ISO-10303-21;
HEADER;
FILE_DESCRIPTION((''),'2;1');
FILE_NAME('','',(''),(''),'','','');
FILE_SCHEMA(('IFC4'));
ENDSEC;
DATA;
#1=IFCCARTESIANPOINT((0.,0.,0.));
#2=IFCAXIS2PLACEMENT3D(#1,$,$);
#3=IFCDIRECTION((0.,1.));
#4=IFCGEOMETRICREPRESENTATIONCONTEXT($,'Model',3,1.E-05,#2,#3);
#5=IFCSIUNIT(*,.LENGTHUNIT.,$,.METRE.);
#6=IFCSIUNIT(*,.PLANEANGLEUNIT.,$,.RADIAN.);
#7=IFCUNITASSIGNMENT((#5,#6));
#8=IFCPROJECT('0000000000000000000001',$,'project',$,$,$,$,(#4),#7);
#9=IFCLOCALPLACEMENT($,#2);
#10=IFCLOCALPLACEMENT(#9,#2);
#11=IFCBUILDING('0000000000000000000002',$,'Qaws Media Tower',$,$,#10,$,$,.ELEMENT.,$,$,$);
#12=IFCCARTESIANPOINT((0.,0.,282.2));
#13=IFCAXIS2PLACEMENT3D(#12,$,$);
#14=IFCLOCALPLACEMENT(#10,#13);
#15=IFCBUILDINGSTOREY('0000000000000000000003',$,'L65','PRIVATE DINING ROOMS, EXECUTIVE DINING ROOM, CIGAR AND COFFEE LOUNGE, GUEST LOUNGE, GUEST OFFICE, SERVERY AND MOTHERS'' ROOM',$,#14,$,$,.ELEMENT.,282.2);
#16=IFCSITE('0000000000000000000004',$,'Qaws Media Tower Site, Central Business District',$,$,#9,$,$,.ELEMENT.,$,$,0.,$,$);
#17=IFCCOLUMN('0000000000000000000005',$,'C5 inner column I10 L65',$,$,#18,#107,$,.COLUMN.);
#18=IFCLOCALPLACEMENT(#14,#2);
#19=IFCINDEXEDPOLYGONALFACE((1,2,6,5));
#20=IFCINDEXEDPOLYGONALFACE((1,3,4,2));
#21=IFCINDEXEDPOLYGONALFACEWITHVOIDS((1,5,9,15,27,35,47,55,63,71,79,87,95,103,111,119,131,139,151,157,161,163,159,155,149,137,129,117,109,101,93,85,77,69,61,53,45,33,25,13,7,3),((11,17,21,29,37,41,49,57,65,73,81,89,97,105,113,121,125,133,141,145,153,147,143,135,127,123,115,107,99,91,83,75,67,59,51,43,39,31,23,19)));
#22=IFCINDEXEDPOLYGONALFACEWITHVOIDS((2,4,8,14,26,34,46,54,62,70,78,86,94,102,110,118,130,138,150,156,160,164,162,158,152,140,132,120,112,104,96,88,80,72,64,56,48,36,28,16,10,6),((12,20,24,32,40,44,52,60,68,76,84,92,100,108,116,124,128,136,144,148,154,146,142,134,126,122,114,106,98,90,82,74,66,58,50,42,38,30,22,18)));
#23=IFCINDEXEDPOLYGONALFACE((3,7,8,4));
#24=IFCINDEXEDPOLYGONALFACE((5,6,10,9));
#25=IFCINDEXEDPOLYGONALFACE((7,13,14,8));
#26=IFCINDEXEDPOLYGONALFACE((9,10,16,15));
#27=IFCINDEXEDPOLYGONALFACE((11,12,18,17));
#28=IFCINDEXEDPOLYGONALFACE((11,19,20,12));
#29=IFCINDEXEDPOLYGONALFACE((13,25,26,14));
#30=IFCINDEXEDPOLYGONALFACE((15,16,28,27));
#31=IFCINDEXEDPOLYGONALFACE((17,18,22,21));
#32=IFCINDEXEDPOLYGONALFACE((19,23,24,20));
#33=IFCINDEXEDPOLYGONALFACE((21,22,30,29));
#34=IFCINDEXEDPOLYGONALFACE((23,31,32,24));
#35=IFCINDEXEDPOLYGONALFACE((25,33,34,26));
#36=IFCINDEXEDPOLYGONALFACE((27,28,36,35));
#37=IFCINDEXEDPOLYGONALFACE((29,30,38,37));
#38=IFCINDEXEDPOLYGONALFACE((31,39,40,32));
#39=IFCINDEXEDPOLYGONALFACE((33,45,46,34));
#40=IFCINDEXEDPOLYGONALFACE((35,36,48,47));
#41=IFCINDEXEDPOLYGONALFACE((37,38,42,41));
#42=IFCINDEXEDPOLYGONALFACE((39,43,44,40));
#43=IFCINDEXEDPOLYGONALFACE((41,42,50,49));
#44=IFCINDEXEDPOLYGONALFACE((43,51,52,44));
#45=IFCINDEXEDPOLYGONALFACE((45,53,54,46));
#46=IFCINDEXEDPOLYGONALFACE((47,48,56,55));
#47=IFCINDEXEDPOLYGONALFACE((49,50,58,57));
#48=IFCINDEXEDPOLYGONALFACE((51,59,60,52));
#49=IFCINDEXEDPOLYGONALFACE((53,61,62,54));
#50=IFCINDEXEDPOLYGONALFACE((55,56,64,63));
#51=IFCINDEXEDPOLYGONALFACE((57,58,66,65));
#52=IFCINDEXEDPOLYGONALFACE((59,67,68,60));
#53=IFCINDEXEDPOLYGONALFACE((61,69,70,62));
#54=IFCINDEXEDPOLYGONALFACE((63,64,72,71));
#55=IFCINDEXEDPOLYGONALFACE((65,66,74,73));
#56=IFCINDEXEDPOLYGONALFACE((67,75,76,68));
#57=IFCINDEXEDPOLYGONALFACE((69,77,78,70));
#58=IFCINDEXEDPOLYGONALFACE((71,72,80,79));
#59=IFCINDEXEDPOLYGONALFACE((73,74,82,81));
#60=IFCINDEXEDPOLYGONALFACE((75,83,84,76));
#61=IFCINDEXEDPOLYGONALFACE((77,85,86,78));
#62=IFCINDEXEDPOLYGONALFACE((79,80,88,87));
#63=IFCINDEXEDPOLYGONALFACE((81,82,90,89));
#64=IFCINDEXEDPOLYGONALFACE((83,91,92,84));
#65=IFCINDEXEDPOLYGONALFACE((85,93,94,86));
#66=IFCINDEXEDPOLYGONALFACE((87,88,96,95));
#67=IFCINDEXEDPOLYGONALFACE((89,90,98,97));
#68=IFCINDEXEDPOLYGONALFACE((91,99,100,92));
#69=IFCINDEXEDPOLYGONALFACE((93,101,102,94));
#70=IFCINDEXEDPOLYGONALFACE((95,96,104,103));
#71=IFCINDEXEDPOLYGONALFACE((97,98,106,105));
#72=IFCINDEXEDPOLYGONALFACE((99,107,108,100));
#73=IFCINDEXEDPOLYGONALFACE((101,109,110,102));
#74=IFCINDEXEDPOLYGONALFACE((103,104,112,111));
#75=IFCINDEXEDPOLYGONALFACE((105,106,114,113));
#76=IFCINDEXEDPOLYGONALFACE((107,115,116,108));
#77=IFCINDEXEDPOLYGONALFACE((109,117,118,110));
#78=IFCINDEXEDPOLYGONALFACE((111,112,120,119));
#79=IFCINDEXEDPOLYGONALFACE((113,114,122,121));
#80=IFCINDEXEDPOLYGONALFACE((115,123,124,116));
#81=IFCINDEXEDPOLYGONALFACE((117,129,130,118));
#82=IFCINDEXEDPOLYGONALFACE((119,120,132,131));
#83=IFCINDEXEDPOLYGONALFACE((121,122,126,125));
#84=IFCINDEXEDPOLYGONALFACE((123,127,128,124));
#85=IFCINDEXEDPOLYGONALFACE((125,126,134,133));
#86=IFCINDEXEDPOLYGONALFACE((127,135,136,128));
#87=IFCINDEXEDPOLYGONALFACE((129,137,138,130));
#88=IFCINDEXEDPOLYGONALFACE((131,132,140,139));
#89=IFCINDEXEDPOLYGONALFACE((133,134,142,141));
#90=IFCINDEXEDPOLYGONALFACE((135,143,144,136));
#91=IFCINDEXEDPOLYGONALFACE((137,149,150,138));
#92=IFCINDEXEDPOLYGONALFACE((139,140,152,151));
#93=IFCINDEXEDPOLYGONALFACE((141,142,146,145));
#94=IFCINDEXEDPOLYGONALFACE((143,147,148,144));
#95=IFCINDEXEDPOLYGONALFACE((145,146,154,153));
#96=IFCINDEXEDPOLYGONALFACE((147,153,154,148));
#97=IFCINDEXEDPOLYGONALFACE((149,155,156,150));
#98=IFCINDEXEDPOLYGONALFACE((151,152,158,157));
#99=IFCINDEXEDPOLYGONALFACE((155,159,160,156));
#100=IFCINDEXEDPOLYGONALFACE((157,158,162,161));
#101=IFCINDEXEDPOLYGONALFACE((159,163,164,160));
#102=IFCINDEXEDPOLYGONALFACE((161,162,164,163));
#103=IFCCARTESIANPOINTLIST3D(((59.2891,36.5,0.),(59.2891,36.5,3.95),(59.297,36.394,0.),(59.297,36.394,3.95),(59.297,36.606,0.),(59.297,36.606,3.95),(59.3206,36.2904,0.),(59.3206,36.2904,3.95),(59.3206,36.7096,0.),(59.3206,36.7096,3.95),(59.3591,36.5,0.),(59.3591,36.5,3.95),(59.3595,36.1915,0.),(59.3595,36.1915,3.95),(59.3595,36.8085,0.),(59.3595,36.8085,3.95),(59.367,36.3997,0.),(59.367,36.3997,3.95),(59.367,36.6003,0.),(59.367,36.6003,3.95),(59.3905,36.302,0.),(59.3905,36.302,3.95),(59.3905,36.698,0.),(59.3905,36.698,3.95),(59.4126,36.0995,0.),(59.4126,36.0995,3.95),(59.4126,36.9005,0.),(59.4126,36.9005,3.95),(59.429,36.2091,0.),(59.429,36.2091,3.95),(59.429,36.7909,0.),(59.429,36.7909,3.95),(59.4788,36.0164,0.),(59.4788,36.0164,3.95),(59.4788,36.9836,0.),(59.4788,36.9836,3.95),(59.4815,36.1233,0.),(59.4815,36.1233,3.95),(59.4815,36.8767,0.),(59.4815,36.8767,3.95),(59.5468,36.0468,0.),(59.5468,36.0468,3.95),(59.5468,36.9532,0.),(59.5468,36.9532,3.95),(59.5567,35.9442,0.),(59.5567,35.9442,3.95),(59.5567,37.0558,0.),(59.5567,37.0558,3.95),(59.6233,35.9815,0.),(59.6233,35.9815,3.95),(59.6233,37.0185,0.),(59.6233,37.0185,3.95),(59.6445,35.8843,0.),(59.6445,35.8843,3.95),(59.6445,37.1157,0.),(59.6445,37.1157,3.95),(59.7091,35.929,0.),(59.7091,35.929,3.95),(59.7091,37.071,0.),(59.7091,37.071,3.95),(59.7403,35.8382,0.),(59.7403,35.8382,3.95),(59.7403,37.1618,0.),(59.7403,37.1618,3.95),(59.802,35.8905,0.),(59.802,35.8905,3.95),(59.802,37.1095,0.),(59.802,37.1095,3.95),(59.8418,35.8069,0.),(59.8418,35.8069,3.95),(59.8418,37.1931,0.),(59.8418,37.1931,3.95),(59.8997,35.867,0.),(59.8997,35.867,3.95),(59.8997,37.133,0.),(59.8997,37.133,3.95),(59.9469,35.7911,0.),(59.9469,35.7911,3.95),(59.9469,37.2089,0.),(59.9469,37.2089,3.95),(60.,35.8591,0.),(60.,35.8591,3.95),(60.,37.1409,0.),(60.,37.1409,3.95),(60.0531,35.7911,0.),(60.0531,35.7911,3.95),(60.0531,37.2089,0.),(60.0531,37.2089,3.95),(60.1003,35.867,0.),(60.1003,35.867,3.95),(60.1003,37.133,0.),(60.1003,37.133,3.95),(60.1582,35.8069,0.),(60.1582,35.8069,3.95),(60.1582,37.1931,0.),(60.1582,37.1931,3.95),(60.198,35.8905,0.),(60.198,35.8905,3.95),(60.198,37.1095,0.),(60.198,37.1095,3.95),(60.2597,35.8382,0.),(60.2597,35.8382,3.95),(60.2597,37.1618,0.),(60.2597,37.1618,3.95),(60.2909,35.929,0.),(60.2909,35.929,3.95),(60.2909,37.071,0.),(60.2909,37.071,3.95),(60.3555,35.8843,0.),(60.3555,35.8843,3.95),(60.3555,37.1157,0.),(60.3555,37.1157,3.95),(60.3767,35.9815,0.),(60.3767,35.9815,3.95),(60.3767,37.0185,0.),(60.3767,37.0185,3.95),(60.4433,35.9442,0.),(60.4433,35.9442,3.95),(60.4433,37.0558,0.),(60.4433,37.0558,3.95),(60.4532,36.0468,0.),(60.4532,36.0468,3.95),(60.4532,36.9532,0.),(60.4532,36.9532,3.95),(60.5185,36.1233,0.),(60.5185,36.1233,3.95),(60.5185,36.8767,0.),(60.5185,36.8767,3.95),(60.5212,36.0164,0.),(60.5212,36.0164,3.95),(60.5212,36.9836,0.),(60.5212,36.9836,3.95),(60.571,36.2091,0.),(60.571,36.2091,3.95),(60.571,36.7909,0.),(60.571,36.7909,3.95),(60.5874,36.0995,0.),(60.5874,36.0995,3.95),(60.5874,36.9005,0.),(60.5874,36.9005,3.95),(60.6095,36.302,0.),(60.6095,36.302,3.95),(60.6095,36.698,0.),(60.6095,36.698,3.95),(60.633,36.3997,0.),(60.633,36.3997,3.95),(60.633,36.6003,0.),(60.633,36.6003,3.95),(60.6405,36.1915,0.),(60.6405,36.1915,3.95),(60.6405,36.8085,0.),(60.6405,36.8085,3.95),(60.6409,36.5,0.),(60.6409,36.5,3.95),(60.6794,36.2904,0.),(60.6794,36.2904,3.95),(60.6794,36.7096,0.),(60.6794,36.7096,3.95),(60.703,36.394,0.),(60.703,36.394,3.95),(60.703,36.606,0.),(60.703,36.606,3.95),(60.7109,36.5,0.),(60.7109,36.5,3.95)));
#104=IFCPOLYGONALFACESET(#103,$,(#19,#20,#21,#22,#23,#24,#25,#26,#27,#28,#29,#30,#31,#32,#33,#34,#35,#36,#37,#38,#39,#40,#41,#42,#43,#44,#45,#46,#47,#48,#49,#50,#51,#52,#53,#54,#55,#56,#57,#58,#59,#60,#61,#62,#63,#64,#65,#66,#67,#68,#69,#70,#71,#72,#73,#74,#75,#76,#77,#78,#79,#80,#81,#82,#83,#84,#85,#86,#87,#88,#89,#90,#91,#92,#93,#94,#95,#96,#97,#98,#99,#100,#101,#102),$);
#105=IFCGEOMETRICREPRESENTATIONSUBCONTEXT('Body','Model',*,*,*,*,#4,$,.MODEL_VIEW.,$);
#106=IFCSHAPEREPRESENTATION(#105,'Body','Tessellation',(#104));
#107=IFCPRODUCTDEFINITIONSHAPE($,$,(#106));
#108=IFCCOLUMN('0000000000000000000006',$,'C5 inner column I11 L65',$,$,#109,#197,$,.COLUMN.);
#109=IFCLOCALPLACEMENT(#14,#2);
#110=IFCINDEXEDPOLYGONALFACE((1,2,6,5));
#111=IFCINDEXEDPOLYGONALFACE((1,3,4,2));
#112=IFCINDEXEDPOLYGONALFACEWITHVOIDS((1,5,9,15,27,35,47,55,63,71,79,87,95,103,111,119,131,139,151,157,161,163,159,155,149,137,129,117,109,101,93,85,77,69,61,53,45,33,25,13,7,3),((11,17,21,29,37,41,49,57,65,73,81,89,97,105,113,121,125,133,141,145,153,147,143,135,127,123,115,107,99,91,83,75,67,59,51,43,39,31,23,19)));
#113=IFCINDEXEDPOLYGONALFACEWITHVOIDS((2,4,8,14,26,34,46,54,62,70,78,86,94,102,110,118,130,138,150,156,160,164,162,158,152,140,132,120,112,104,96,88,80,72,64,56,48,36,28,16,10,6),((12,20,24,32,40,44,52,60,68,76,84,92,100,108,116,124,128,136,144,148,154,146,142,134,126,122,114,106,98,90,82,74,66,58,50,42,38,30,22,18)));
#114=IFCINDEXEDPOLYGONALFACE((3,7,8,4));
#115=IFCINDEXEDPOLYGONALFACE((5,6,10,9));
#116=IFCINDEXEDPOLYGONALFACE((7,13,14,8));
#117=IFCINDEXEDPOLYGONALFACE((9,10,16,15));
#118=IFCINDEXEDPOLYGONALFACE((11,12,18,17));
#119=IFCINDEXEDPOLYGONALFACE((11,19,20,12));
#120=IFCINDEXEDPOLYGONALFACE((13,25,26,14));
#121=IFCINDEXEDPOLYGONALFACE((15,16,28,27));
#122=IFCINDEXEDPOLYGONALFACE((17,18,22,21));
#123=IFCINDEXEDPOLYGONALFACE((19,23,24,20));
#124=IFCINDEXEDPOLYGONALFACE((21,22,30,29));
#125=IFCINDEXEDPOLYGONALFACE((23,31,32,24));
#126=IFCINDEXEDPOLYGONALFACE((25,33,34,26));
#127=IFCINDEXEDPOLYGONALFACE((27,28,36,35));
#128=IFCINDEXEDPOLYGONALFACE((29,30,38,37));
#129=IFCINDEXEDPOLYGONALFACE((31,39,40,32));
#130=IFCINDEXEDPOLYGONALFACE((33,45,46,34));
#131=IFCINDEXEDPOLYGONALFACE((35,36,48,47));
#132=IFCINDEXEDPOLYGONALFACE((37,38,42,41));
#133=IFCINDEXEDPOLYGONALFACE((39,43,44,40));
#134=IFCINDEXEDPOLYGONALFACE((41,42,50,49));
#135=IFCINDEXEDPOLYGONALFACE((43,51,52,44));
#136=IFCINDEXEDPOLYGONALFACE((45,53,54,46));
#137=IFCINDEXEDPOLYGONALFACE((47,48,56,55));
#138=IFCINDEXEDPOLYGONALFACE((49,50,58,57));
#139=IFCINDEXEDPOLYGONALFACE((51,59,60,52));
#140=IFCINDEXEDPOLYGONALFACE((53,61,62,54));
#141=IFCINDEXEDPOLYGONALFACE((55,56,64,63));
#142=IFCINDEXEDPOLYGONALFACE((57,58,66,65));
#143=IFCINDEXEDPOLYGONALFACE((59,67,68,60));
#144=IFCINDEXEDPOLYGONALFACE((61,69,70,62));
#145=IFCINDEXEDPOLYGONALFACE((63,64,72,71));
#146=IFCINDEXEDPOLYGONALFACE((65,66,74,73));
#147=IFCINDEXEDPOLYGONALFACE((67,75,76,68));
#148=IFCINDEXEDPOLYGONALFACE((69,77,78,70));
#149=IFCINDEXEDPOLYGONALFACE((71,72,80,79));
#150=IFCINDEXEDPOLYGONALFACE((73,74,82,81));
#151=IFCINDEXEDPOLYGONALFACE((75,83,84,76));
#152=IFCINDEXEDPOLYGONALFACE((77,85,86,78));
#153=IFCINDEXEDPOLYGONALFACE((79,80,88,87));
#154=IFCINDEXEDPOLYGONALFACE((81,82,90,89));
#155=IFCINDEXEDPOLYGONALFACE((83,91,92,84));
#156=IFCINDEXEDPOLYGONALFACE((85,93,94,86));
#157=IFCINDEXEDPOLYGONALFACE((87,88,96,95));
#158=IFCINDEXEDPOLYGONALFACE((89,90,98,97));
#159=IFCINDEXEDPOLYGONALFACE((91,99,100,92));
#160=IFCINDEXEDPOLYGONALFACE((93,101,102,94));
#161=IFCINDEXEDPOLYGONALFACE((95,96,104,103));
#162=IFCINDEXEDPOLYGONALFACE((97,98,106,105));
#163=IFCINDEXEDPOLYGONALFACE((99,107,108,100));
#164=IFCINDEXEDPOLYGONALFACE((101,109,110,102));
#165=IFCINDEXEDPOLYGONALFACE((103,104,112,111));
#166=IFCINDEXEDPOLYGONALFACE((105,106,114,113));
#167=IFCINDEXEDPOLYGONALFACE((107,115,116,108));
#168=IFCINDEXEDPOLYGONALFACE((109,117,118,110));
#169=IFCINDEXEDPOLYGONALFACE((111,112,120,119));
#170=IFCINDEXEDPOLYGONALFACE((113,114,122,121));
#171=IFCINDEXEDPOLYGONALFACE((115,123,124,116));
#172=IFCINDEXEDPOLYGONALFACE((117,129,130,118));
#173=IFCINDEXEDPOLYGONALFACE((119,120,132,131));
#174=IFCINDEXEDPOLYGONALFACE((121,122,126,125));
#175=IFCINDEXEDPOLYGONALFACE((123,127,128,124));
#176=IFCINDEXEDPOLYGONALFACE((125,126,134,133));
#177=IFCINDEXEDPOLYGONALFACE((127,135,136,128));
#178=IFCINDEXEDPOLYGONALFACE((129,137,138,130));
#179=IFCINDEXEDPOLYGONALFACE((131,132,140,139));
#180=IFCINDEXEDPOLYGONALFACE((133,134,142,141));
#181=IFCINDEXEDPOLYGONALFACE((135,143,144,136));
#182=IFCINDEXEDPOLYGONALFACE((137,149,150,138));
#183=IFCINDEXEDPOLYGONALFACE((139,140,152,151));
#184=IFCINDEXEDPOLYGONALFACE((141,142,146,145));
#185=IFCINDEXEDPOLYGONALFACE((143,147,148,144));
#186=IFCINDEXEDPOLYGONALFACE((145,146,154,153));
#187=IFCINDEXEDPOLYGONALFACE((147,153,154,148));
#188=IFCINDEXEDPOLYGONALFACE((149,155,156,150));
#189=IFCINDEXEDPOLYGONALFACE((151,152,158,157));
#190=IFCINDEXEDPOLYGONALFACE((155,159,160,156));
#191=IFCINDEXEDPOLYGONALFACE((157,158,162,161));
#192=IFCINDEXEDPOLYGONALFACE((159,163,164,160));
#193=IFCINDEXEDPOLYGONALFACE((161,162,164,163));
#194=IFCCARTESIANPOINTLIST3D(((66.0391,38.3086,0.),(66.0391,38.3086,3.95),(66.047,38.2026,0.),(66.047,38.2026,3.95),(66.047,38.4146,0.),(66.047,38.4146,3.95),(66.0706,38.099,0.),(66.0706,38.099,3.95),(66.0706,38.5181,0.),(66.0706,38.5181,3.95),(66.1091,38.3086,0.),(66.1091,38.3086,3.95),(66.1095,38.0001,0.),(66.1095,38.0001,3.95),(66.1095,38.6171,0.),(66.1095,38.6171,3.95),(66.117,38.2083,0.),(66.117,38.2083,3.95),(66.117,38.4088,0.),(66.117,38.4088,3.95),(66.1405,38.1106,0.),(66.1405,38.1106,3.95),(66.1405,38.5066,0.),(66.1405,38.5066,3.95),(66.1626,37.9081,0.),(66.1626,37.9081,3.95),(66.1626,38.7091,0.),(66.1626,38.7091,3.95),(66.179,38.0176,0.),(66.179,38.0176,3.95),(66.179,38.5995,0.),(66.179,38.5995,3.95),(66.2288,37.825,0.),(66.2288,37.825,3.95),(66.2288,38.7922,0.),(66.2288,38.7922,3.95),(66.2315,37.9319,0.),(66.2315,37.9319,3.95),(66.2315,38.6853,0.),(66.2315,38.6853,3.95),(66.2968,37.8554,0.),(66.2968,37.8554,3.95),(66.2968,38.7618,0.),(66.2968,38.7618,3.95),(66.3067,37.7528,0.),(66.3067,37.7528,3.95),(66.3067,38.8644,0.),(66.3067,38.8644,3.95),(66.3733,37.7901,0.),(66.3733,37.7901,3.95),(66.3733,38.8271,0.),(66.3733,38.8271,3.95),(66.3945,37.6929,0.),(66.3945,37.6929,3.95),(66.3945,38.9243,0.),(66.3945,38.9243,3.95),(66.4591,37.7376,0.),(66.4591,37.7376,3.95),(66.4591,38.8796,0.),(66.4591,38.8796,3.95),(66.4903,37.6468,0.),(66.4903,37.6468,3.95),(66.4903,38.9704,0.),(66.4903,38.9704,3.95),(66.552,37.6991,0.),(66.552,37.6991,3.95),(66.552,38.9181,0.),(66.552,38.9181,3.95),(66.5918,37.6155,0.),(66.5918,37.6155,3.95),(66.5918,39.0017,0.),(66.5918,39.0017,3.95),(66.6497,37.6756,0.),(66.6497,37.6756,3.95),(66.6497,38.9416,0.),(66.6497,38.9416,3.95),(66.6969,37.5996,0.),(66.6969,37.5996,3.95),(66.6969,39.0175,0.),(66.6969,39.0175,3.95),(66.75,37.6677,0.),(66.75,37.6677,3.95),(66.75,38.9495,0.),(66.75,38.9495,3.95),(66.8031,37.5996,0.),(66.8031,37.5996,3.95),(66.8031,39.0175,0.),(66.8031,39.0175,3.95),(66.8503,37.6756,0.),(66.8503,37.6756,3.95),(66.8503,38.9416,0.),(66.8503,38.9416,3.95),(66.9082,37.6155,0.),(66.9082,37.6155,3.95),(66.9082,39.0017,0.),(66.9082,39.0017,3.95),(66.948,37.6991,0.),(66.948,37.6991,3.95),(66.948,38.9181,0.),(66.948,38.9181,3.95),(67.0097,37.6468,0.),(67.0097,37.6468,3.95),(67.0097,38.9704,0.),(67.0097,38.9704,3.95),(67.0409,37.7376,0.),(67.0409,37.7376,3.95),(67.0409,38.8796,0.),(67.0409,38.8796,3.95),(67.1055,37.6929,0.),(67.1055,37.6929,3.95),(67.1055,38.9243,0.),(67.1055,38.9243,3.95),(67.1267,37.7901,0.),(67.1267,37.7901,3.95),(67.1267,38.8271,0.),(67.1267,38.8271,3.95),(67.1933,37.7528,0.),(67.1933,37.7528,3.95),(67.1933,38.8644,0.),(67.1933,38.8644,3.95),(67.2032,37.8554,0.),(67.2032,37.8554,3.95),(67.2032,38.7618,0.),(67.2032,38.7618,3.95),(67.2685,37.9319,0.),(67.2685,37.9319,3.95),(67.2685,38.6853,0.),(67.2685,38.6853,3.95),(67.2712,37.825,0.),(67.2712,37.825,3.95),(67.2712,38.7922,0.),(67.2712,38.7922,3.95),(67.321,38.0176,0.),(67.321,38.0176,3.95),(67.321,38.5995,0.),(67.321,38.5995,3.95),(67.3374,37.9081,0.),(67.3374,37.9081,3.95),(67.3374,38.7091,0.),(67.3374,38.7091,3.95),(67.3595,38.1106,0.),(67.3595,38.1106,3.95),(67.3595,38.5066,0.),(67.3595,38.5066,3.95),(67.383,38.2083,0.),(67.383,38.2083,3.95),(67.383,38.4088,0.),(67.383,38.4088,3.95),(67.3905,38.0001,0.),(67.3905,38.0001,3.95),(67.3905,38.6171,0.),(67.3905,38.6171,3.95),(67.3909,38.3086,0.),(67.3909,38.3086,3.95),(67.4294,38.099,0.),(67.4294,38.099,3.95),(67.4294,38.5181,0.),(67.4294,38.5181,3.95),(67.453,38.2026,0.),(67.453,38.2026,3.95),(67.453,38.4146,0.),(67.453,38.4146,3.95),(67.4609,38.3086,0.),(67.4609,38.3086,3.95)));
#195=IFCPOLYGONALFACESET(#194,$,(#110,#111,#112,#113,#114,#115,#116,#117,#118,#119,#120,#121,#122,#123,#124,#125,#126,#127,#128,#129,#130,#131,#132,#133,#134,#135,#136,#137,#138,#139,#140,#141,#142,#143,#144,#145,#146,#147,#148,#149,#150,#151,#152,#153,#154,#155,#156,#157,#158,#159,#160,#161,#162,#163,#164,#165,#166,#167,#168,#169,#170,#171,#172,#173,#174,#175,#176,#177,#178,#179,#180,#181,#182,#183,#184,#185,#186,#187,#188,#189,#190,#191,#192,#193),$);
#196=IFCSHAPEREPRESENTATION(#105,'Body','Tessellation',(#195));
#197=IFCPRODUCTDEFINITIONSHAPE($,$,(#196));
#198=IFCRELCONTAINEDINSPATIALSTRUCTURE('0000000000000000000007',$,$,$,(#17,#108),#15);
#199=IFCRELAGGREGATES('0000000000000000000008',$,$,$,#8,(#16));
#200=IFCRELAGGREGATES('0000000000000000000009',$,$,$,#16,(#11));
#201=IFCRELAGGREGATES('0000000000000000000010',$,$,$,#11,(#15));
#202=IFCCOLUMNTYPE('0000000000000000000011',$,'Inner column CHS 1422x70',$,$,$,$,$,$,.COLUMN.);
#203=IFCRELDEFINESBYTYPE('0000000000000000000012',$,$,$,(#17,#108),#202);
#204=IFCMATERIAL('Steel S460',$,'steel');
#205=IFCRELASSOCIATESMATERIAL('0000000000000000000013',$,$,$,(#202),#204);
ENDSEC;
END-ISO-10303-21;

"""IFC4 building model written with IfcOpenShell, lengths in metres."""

from ifc_helpers import new_model, si_unit, direction, frame, origin, origin_2d, place, context, subcontext, project, spatial, hollow_circle, extrude, material, material_profile, profile_set, type_object, element, save


model = new_model("IFC4")

# Units and contexts
model_context = context("Model", 3, precision=1e-05, world=origin(), true_north=direction((0.0, 1.0)))
body_context = subcontext(model_context, "Body", "Model", "MODEL_VIEW")
ifc_project = project(units=[si_unit("LENGTHUNIT", "METRE"), si_unit("PLANEANGLEUNIT", "RADIAN")], contexts=[model_context])

# Site, building, storey
site_placement = place(None, origin())
site = spatial("IfcSite", under=ifc_project, at=site_placement, Name="Qaws Media Tower Site, Central Business District", CompositionType="ELEMENT", RefElevation=0.0)
building_placement = place(site_placement, origin())
building = spatial("IfcBuilding", under=site, at=building_placement, Name="Qaws Media Tower", CompositionType="ELEMENT")
storey_placement = place(building_placement, frame((0.0, 0.0, 282.2)))
storey = spatial("IfcBuildingStorey", under=building, at=storey_placement, Name="L65", Description="PRIVATE DINING ROOMS, EXECUTIVE DINING ROOM, CIGAR AND COFFEE LOUNGE, GUEST LOUNGE, GUEST OFFICE, SERVERY AND MOTHERS' ROOM", CompositionType="ELEMENT", Elevation=282.2)

# Columns
ifc_material_1 = material(Name="Steel S460", Category="steel")
ifc_material_profile_1 = material_profile(ifc_material_1, hollow_circle(Radius=0.7109, WallThickness=0.0701, at=origin_2d()), Name="CHS 1422x70")
ifc_profile_set_1 = profile_set([ifc_material_profile_1], Name="Steel S460")
column_type = type_object("IfcColumnType", Name="Inner column CHS 1422x70", PredefinedType="COLUMN", material=ifc_profile_set_1)
for number, where, z_axis, x_axis, name in (
    (1, (60.0, 36.5, 0.0), (0.0, 0.0, 1.0), (1.0, 0.0, 0.0), "C5 inner column I10 L65"),
    (2, (66.75, 38.3086, 0.0), (0.0, 0.0, 1.0), (1.0, 0.0, 0.0), "C5 inner column I11 L65"),
):
    element("IfcColumn", number, at=place(storey_placement, frame(where, z_axis=z_axis, x_axis=x_axis)), inside=storey, type_object=column_type, Name=name, PredefinedType="COLUMN", context=body_context, shape_type="SweptSolid", body=[
        extrude(hollow_circle(Radius=0.7109, WallThickness=0.0701, at=origin_2d()), origin(), (0.0, 0.0, 1.0), 3.95),
    ])

save(model, "model.ifc")
